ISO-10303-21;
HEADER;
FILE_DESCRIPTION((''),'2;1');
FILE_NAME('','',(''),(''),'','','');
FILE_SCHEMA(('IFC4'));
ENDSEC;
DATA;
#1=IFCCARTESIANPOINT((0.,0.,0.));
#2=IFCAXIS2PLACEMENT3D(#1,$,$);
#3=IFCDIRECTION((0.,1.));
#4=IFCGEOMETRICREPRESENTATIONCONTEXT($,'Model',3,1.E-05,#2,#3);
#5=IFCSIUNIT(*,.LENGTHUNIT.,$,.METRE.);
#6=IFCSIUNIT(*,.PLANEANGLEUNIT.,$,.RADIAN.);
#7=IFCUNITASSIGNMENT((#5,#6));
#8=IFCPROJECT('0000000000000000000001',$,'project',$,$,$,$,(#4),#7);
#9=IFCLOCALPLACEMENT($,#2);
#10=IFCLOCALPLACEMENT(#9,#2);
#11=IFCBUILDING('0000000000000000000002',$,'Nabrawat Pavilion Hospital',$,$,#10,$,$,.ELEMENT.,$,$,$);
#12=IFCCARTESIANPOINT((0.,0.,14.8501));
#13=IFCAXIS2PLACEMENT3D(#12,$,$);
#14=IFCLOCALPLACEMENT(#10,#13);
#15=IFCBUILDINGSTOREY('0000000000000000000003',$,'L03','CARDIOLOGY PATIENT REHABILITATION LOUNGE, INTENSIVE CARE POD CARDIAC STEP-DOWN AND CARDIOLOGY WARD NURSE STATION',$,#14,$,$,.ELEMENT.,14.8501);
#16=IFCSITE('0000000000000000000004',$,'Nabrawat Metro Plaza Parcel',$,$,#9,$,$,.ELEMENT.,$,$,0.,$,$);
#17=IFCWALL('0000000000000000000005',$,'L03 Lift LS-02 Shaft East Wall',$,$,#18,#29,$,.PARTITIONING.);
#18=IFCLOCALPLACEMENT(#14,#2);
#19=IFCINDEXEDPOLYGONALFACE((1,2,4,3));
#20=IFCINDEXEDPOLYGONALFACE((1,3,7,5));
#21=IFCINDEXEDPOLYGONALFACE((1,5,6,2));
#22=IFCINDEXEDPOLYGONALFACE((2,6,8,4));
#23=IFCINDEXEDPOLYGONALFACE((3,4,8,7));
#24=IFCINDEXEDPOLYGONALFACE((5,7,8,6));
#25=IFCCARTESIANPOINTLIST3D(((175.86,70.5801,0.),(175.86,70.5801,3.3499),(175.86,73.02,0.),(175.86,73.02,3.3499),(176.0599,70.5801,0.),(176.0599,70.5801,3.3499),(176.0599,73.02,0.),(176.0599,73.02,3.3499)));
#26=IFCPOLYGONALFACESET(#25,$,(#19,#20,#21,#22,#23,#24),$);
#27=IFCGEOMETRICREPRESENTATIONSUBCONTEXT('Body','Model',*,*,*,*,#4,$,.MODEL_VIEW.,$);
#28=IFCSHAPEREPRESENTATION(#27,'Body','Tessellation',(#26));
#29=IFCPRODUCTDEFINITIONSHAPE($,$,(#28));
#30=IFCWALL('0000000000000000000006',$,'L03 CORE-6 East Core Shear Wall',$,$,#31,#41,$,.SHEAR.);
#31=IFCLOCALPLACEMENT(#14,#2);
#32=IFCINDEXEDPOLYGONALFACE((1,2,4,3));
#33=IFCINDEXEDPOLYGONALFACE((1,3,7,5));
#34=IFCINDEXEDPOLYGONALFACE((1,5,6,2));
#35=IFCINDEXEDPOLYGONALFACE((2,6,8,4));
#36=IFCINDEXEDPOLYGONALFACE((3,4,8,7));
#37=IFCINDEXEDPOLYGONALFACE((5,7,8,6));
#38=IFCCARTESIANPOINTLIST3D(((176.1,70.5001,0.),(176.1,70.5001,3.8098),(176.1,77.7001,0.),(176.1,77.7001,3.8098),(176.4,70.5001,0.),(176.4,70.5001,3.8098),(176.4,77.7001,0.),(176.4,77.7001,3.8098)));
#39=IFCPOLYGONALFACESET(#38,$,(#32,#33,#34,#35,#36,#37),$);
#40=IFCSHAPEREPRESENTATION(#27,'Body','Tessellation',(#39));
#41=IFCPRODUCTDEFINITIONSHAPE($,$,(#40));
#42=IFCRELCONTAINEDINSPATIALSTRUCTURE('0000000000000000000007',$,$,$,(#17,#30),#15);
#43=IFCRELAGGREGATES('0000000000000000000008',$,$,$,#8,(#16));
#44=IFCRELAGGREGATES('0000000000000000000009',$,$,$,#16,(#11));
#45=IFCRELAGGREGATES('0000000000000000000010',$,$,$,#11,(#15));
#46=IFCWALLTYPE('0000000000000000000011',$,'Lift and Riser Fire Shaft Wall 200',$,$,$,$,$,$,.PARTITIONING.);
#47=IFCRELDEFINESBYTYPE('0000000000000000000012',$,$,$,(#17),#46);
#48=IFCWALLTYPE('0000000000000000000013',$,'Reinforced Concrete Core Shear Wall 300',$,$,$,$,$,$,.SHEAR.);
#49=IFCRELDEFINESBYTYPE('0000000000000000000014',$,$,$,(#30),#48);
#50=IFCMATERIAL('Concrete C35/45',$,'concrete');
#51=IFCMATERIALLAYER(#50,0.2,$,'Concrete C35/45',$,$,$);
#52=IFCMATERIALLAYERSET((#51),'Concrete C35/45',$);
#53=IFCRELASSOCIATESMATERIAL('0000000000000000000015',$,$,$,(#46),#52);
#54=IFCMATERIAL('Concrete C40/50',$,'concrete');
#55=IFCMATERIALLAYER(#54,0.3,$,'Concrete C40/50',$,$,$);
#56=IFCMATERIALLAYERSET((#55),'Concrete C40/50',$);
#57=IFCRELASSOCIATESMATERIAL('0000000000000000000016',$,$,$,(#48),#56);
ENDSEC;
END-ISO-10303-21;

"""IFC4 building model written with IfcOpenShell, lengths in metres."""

from ifc_helpers import new_model, si_unit, direction, frame, frame_2d, origin, place, context, subcontext, project, spatial, rectangle, extrude, material, layer, layer_set, type_object, element, save


model = new_model("IFC4")

# Units and contexts
model_context = context("Model", 3, precision=1e-05, world=origin(), true_north=direction((0.0, 1.0)))
body_context = subcontext(model_context, "Body", "Model", "MODEL_VIEW")
ifc_project = project(units=[si_unit("LENGTHUNIT", "METRE"), si_unit("PLANEANGLEUNIT", "RADIAN")], contexts=[model_context])

# Site, building, storey
site_placement = place(None, origin())
site = spatial("IfcSite", under=ifc_project, at=site_placement, Name="Nabrawat Metro Plaza Parcel", CompositionType="ELEMENT", RefElevation=0.0)
building_placement = place(site_placement, origin())
building = spatial("IfcBuilding", under=site, at=building_placement, Name="Nabrawat Pavilion Hospital", CompositionType="ELEMENT")
storey_placement = place(building_placement, frame((0.0, 0.0, 14.8501)))
storey = spatial("IfcBuildingStorey", under=building, at=storey_placement, Name="L03", Description="CARDIOLOGY PATIENT REHABILITATION LOUNGE, INTENSIVE CARE POD CARDIAC STEP-DOWN AND CARDIOLOGY WARD NURSE STATION", CompositionType="ELEMENT", Elevation=14.8501)

# Walls
ifc_material_1 = material(Name="Concrete C35/45", Category="concrete")
ifc_layer_1 = layer(ifc_material_1, 0.2, Name="Concrete C35/45")
ifc_layer_set_1 = layer_set([ifc_layer_1], Name="Concrete C35/45")
wall_type_1 = type_object("IfcWallType", Name="Lift and Riser Fire Shaft Wall 200", PredefinedType="PARTITIONING", material=ifc_layer_set_1)
wall_1_placement = place(storey_placement, frame((175.96, 70.5801, 0.0), z_axis=(0.0, 0.0, 1.0), x_axis=(0.0, 1.0, 0.0)))
element("IfcWall", 1, at=wall_1_placement, inside=storey, type_object=wall_type_1, Name="L03 Lift LS-02 Shaft East Wall", PredefinedType="PARTITIONING", context=body_context, shape_type="SweptSolid", body=[
    extrude(rectangle(XDim=2.4399, YDim=0.2, at=frame_2d((1.22, 0.0))), origin(), (0.0, 0.0, 1.0), 3.3499),
])
ifc_material_2 = material(Name="Concrete C40/50", Category="concrete")
ifc_layer_2 = layer(ifc_material_2, 0.3, Name="Concrete C40/50")
ifc_layer_set_2 = layer_set([ifc_layer_2], Name="Concrete C40/50")
wall_type_2 = type_object("IfcWallType", Name="Reinforced Concrete Core Shear Wall 300", PredefinedType="SHEAR", material=ifc_layer_set_2)
wall_2_placement = place(storey_placement, frame((176.25, 70.5, 0.0), z_axis=(0.0, 0.0, 1.0), x_axis=(0.0, 1.0, 0.0)))
element("IfcWall", 2, at=wall_2_placement, inside=storey, type_object=wall_type_2, Name="L03 CORE-6 East Core Shear Wall", PredefinedType="SHEAR", context=body_context, shape_type="SweptSolid", body=[
    extrude(rectangle(XDim=7.2, YDim=0.3, at=frame_2d((3.6001, 0.0))), origin(), (0.0, 0.0, 1.0), 3.8098),
])

save(model, "model.ifc")
